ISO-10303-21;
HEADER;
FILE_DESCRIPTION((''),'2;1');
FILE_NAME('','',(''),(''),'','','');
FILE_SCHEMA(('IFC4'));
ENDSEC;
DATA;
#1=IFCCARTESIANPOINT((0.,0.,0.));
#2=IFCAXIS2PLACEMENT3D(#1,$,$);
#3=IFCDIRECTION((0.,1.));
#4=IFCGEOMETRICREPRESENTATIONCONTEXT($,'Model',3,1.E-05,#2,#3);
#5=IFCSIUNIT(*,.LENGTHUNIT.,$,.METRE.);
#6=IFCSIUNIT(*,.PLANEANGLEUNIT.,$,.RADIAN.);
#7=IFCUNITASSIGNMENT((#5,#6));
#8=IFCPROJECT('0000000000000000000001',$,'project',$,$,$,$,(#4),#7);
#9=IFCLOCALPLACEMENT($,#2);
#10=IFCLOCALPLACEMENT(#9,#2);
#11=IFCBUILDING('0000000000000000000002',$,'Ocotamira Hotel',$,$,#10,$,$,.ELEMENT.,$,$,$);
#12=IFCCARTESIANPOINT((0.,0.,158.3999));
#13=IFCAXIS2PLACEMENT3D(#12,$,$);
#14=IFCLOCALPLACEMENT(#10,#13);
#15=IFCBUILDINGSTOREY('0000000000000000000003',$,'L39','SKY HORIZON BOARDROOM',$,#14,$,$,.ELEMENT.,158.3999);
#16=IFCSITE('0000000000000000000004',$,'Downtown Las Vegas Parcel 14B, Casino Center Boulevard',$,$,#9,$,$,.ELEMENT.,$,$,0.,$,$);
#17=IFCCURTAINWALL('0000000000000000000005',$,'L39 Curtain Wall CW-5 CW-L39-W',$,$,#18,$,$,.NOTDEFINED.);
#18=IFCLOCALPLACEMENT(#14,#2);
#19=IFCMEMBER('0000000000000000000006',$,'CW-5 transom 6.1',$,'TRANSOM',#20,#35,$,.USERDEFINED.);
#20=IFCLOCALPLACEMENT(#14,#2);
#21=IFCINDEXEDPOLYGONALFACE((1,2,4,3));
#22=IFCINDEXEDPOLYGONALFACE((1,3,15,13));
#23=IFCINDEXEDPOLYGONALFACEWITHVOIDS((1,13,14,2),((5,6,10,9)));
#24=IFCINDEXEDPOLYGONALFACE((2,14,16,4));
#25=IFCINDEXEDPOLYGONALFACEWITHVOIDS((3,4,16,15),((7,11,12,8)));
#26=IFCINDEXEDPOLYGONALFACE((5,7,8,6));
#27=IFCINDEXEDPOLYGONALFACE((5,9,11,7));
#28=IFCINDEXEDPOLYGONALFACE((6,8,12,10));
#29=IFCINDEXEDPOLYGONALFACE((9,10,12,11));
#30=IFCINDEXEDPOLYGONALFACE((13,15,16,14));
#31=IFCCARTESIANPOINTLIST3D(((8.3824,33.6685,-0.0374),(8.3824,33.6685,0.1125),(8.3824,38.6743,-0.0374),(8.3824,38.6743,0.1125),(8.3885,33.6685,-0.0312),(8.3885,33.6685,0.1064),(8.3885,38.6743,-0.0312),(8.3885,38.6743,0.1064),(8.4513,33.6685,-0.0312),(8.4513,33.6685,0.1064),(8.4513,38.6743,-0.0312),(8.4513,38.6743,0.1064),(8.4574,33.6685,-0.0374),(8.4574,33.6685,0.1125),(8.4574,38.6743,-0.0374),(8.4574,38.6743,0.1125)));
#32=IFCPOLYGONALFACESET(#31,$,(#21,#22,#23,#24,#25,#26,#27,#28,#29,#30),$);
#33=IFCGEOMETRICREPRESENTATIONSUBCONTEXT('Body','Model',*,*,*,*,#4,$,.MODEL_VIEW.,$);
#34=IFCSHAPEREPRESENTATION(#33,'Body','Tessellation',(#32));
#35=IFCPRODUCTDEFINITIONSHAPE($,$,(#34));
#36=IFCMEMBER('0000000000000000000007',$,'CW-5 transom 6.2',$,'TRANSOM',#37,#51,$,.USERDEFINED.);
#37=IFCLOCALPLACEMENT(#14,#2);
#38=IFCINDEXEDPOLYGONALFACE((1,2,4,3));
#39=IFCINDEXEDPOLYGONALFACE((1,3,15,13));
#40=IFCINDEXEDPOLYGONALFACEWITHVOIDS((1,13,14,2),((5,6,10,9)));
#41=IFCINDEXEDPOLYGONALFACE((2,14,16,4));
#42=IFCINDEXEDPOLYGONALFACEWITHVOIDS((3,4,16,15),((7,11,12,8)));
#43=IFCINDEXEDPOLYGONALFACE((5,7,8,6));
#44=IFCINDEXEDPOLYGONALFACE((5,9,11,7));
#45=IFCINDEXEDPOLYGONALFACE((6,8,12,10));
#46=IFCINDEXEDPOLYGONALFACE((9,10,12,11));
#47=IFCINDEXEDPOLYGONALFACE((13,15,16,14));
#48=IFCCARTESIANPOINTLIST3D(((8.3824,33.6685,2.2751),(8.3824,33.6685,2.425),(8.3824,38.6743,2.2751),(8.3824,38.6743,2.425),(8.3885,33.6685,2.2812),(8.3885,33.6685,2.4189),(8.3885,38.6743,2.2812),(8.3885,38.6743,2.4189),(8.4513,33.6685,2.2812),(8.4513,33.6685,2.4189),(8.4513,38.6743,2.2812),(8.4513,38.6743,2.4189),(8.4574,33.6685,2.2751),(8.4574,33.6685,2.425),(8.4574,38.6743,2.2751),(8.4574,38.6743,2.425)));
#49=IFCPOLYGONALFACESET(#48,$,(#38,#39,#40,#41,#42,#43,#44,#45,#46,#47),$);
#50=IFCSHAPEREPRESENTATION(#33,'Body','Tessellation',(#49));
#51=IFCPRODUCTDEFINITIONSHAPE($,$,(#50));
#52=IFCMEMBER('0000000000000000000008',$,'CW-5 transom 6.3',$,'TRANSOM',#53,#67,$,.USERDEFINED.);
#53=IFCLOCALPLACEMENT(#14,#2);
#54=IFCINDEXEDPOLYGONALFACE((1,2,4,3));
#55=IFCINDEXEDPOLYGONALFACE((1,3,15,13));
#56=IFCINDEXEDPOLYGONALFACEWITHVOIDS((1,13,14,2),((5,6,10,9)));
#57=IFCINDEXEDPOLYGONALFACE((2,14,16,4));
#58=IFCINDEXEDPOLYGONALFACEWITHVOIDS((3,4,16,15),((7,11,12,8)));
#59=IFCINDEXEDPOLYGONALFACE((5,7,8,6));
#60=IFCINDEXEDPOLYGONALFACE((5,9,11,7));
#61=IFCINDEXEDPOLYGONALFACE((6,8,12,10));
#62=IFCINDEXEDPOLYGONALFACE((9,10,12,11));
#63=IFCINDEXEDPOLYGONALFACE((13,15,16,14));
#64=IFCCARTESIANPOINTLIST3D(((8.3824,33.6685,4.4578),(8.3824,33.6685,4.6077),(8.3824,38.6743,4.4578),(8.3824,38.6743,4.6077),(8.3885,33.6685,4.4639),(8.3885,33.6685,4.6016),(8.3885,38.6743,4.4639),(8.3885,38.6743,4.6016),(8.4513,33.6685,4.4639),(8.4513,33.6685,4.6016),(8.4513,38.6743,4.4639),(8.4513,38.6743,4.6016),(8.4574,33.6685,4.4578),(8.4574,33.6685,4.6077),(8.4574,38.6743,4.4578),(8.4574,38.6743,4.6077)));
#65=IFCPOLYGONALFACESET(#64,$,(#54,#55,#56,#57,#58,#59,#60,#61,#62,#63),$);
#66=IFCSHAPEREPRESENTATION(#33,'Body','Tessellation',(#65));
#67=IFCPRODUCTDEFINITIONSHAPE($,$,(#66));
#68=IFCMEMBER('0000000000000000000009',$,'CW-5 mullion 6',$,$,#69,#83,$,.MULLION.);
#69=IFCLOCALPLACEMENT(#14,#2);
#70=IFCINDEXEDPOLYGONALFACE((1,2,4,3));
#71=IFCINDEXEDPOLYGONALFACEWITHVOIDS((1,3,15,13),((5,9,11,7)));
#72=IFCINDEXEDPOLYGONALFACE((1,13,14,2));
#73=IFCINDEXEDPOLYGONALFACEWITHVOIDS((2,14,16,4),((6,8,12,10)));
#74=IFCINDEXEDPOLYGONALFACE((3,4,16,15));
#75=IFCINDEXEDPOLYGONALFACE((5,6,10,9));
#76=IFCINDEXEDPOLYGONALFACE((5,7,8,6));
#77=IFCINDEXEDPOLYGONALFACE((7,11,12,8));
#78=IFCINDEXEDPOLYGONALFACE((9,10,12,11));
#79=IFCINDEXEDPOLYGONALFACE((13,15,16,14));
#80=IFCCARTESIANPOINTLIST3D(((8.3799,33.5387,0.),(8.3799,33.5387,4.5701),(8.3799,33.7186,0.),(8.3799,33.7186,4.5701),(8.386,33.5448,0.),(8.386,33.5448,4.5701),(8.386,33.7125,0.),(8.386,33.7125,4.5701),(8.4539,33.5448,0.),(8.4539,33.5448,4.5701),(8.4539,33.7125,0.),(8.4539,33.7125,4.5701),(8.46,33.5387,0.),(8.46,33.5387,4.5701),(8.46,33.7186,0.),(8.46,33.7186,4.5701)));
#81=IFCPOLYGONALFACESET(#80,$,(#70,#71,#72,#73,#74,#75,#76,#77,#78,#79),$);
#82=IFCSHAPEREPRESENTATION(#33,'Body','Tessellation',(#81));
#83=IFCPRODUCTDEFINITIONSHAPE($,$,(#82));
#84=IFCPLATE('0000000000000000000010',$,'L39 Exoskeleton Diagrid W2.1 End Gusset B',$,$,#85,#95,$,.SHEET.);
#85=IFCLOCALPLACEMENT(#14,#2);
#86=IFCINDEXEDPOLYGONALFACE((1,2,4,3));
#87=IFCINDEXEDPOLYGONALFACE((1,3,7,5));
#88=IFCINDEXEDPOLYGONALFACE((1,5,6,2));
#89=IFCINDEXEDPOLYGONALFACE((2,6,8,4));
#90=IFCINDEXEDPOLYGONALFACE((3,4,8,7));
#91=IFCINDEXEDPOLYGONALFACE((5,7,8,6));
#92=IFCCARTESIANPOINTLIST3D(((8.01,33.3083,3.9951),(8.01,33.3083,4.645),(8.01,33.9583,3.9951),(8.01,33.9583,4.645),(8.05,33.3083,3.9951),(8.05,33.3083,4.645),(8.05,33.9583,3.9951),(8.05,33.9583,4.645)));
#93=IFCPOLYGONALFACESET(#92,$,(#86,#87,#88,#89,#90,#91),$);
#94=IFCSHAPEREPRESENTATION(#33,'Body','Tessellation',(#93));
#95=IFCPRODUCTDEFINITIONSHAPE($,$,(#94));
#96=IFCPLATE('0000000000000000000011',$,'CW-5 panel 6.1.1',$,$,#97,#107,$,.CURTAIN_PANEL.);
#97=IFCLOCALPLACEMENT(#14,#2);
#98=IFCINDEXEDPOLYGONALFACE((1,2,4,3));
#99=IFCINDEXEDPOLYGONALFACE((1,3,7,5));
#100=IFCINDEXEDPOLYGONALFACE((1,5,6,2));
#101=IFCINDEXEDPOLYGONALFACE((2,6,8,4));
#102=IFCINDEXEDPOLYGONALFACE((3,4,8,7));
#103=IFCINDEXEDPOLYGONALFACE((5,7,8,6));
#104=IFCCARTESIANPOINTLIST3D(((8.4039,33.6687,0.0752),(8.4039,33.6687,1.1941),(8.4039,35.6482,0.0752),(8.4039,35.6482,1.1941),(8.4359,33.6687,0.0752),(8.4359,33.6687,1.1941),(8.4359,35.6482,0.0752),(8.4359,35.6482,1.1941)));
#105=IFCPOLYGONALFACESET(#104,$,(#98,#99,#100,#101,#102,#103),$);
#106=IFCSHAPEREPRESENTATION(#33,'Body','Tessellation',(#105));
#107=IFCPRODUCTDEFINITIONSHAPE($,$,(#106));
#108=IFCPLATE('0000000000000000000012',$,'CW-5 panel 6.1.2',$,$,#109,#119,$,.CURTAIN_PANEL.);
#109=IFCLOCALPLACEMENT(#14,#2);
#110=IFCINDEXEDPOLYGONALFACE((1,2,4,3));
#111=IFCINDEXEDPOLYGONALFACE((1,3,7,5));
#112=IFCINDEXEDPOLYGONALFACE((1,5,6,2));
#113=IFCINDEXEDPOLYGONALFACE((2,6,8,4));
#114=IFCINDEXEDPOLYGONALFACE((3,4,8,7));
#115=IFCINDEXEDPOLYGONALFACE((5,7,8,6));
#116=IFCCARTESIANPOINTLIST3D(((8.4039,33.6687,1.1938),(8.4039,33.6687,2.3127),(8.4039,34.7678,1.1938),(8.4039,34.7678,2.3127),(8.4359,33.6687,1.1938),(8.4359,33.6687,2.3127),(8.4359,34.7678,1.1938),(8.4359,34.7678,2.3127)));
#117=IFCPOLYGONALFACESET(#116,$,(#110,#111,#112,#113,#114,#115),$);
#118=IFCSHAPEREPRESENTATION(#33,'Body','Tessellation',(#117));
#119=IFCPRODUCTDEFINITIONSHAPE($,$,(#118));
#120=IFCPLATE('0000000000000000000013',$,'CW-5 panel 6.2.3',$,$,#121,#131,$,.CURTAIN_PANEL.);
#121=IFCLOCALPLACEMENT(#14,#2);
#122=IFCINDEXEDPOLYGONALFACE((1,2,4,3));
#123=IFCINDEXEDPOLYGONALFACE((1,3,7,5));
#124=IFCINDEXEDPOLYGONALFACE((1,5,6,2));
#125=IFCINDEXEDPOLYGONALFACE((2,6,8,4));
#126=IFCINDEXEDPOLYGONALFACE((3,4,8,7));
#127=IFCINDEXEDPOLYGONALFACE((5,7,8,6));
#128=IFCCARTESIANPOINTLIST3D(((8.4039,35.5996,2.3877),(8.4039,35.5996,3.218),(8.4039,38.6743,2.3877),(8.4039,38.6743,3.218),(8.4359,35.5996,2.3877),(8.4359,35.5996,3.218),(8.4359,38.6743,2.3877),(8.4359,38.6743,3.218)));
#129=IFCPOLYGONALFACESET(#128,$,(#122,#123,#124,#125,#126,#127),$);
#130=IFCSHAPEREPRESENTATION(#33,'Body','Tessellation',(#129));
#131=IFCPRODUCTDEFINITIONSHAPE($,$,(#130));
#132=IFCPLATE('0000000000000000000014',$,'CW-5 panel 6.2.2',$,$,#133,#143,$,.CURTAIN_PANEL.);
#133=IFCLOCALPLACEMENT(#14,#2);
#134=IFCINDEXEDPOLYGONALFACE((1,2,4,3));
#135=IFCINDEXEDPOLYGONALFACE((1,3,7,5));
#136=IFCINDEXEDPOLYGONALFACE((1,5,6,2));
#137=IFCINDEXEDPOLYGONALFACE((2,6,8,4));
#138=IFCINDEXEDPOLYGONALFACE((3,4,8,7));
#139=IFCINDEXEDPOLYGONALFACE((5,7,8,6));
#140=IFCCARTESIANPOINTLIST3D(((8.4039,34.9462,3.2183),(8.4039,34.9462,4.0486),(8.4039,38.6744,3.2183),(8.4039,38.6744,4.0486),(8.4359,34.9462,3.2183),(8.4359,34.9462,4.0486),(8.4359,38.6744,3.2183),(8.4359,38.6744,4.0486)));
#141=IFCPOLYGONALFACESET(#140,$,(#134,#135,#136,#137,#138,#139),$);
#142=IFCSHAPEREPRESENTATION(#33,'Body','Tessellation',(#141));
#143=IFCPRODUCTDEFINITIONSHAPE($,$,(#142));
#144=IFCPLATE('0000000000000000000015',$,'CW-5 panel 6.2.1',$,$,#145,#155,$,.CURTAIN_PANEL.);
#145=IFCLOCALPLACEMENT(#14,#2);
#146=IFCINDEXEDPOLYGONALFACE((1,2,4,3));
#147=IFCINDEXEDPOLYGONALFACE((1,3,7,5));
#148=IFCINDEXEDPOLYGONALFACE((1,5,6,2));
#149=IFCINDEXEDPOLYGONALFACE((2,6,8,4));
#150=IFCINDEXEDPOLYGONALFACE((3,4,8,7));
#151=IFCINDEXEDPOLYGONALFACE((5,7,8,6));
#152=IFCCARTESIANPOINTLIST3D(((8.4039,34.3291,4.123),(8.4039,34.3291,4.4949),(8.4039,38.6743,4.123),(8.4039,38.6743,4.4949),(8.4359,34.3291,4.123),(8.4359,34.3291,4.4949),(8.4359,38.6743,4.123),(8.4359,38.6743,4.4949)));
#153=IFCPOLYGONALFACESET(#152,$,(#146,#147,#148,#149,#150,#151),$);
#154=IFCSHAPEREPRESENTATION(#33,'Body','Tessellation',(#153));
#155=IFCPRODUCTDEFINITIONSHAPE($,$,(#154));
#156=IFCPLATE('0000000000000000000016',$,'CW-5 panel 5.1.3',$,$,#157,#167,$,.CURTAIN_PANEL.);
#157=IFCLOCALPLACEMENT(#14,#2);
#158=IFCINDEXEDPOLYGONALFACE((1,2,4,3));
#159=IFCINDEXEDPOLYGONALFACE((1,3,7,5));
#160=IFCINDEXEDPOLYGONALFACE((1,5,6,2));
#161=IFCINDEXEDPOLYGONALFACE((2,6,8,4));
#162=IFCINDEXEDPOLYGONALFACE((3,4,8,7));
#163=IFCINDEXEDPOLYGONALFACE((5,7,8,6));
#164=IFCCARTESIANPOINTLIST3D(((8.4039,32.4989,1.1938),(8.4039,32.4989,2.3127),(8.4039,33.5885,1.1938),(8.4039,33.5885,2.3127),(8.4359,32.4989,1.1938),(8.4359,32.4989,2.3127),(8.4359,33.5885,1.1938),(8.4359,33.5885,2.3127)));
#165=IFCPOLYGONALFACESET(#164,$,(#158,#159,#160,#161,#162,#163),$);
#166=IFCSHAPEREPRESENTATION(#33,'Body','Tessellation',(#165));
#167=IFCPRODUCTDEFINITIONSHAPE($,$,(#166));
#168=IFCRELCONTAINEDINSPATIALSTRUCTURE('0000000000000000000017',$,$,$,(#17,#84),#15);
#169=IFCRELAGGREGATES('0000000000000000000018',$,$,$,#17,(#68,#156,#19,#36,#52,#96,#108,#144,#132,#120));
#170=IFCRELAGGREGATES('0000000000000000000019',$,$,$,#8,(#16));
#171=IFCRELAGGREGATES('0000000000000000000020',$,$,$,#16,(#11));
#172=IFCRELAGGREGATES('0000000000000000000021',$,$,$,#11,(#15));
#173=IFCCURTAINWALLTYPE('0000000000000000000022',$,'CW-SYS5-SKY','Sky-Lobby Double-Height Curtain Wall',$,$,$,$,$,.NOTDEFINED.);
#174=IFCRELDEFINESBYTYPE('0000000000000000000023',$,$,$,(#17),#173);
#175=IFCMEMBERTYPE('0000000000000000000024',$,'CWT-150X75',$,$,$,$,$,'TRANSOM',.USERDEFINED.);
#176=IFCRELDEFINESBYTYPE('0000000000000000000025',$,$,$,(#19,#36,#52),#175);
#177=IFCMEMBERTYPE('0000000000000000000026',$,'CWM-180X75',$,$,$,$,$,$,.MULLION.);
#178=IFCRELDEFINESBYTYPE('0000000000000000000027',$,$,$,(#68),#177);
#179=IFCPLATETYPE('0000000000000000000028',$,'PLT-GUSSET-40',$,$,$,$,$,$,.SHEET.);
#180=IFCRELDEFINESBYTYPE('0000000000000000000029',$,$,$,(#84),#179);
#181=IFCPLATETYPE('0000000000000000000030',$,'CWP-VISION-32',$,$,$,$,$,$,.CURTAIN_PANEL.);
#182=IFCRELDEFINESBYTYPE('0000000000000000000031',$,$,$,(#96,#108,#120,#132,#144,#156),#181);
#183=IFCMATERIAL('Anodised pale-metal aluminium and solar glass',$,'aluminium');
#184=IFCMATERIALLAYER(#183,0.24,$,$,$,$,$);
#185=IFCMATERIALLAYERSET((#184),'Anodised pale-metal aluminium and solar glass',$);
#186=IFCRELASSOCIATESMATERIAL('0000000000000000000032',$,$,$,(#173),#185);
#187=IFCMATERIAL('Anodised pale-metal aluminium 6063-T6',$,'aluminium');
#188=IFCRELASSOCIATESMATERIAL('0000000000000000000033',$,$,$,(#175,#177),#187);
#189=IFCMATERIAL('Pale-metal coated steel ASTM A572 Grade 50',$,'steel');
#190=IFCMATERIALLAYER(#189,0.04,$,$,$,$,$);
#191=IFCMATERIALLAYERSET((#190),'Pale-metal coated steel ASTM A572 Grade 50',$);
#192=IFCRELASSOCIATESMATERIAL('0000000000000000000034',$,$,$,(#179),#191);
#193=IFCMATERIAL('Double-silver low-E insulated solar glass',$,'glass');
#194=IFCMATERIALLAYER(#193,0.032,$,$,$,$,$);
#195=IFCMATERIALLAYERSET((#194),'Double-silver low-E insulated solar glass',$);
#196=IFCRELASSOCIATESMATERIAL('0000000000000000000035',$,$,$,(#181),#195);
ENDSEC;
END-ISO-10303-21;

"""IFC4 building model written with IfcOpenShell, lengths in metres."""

from ifc_helpers import new_model, si_unit, direction, frame, origin, origin_2d, place, context, subcontext, project, spatial, rectangle, hollow_rectangle, extrude, source, transform, mapped, material, layer, layer_set, material_profile, profile_set, type_object, element, aggregate, save


model = new_model("IFC4")

# Units and contexts
model_context = context("Model", 3, precision=1e-05, world=origin(), true_north=direction((0.0, 1.0)))
body_context = subcontext(model_context, "Body", "Model", "MODEL_VIEW")
ifc_project = project(units=[si_unit("LENGTHUNIT", "METRE"), si_unit("PLANEANGLEUNIT", "RADIAN")], contexts=[model_context])

# Site, building, storey
site_placement = place(None, origin())
site = spatial("IfcSite", under=ifc_project, at=site_placement, Name="Downtown Las Vegas Parcel 14B, Casino Center Boulevard", CompositionType="ELEMENT", RefElevation=0.0)
building_placement = place(site_placement, origin())
building = spatial("IfcBuilding", under=site, at=building_placement, Name="Ocotamira Hotel", CompositionType="ELEMENT")
storey_placement = place(building_placement, frame((0.0, 0.0, 158.3999)))
storey = spatial("IfcBuildingStorey", under=building, at=storey_placement, Name="L39", Description="SKY HORIZON BOARDROOM", CompositionType="ELEMENT", Elevation=158.3999)

# Curtain wall, members
ifc_material_1 = material(Name="Anodised pale-metal aluminium and solar glass", Category="aluminium")
ifc_layer_1 = layer(ifc_material_1, 0.24)
ifc_layer_set_1 = layer_set([ifc_layer_1], Name="Anodised pale-metal aluminium and solar glass")
curtain_wall_type = type_object("IfcCurtainWallType", Name="CW-SYS5-SKY", Description="Sky-Lobby Double-Height Curtain Wall", PredefinedType="NOTDEFINED", material=ifc_layer_set_1)
curtain_wall_placement = place(storey_placement, origin())
curtain_wall = element("IfcCurtainWall", 1, at=curtain_wall_placement, inside=storey, type_object=curtain_wall_type, Name="L39 Curtain Wall CW-5 CW-L39-W", PredefinedType="NOTDEFINED")
ifc_material_2 = material(Name="Anodised pale-metal aluminium 6063-T6", Category="aluminium")
ifc_material_profile_1 = material_profile(ifc_material_2, hollow_rectangle(XDim=0.075, YDim=0.1499, WallThickness=0.0061, at=origin_2d()), Name="HSS150X75X6")
ifc_profile_set_1 = profile_set([ifc_material_profile_1], Name="Anodised pale-metal aluminium 6063-T6")
member_type_1 = type_object("IfcMemberType", Name="CWT-150X75", ElementType="TRANSOM", PredefinedType="USERDEFINED", material=ifc_profile_set_1)
shared_shape_1 = source(origin(), body_context, "Body", "SweptSolid", [
    extrude(hollow_rectangle(XDim=0.075, YDim=0.1499, WallThickness=0.0061, at=origin_2d()), origin(), (0.0, 0.0, 1.0), 5.0059),
])
member_1_placement = place(storey_placement, frame((8.4199, 33.6685, 0.0376), z_axis=(0.0, 1.0, 0.0), x_axis=(-1.0, 0.0, 0.0)))
member_1 = element("IfcMember", 2, at=member_1_placement, type_object=member_type_1, Name="CW-5 transom 6.1", ObjectType="TRANSOM", PredefinedType="USERDEFINED", context=body_context, shape_type="MappedRepresentation", body=[
    mapped(shared_shape_1, transform((0.0, 0.0, 0.0), scale=1.0)),
])
member_2_placement = place(storey_placement, frame((8.4199, 33.6685, 2.3501), z_axis=(0.0, 1.0, 0.0), x_axis=(-1.0, 0.0, 0.0)))
member_2 = element("IfcMember", 3, at=member_2_placement, type_object=member_type_1, Name="CW-5 transom 6.2", ObjectType="TRANSOM", PredefinedType="USERDEFINED", context=body_context, shape_type="MappedRepresentation", body=[
    mapped(shared_shape_1, transform((0.0, 0.0, 0.0), scale=1.0)),
])
member_3_placement = place(storey_placement, frame((8.4199, 33.6685, 4.5327), z_axis=(0.0, 1.0, 0.0), x_axis=(-1.0, 0.0, 0.0)))
member_3 = element("IfcMember", 4, at=member_3_placement, type_object=member_type_1, Name="CW-5 transom 6.3", ObjectType="TRANSOM", PredefinedType="USERDEFINED", context=body_context, shape_type="MappedRepresentation", body=[
    mapped(shared_shape_1, transform((0.0, 0.0, 0.0), scale=1.0)),
])
ifc_material_profile_2 = material_profile(ifc_material_2, hollow_rectangle(XDim=0.0801, YDim=0.1799, WallThickness=0.0061, at=origin_2d()), Name="HSS180X80X6")
ifc_profile_set_2 = profile_set([ifc_material_profile_2], Name="Anodised pale-metal aluminium 6063-T6")
member_type_2 = type_object("IfcMemberType", Name="CWM-180X75", PredefinedType="MULLION", material=ifc_profile_set_2)
shared_shape_2 = source(origin(), body_context, "Body", "SweptSolid", [
    extrude(hollow_rectangle(XDim=0.0801, YDim=0.1799, WallThickness=0.0061, at=origin_2d()), origin(), (0.0, 0.0, 1.0), 4.5701),
])
member_4_placement = place(storey_placement, frame((8.4199, 33.6287, 0.0), z_axis=(0.0, 0.0, 1.0), x_axis=(-1.0, 0.0, 0.0)))
member_4 = element("IfcMember", 5, at=member_4_placement, type_object=member_type_2, Name="CW-5 mullion 6", PredefinedType="MULLION", context=body_context, shape_type="MappedRepresentation", body=[
    mapped(shared_shape_2, transform((0.0, 0.0, 0.0), scale=1.0)),
])

# Plates
ifc_material_3 = material(Name="Pale-metal coated steel ASTM A572 Grade 50", Category="steel")
ifc_layer_2 = layer(ifc_material_3, 0.04)
ifc_layer_set_2 = layer_set([ifc_layer_2], Name="Pale-metal coated steel ASTM A572 Grade 50")
plate_type_1 = type_object("IfcPlateType", Name="PLT-GUSSET-40", PredefinedType="SHEET", material=ifc_layer_set_2)
shared_shape_3 = source(origin(), body_context, "Body", "SweptSolid", [
    extrude(rectangle(XDim=0.04, YDim=0.6499, at=origin_2d()), origin(), (0.0, 0.0, 1.0), 0.6499),
])
plate_1_placement = place(storey_placement, frame((8.03, 33.6333, 3.9951), z_axis=(0.0, 0.0, 1.0), x_axis=(1.0, 0.0, 0.0)))
element("IfcPlate", 6, at=plate_1_placement, inside=storey, type_object=plate_type_1, Name="L39 Exoskeleton Diagrid W2.1 End Gusset B", PredefinedType="SHEET", context=body_context, shape_type="MappedRepresentation", body=[
    mapped(shared_shape_3, transform((0.0, 0.0, 0.0), scale=1.0)),
])
ifc_material_4 = material(Name="Double-silver low-E insulated solar glass", Category="glass")
ifc_layer_3 = layer(ifc_material_4, 0.032)
ifc_layer_set_3 = layer_set([ifc_layer_3], Name="Double-silver low-E insulated solar glass")
plate_type_2 = type_object("IfcPlateType", Name="CWP-VISION-32", PredefinedType="CURTAIN_PANEL", material=ifc_layer_set_3)
shared_shape_4 = source(origin(), body_context, "Body", "SweptSolid", [
    extrude(rectangle(XDim=1.9795, YDim=0.032, at=origin_2d()), origin(), (0.0, 0.0, 1.0), 1.1189),
])
plate_2_placement = place(storey_placement, frame((8.4199, 34.6584, 0.0752), z_axis=(0.0, 0.0, 1.0), x_axis=(0.0, 1.0, 0.0)))
plate_2 = element("IfcPlate", 7, at=plate_2_placement, type_object=plate_type_2, Name="CW-5 panel 6.1.1", PredefinedType="CURTAIN_PANEL", context=body_context, shape_type="MappedRepresentation", body=[
    mapped(shared_shape_4, transform((0.0, 0.0, 0.0), scale=1.0)),
])
shared_shape_5 = source(origin(), body_context, "Body", "SweptSolid", [
    extrude(rectangle(XDim=1.0991, YDim=0.032, at=origin_2d()), origin(), (0.0, 0.0, 1.0), 1.1189),
])
plate_3_placement = place(storey_placement, frame((8.4199, 34.2183, 1.1938), z_axis=(0.0, 0.0, 1.0), x_axis=(0.0, 1.0, 0.0)))
plate_3 = element("IfcPlate", 8, at=plate_3_placement, type_object=plate_type_2, Name="CW-5 panel 6.1.2", PredefinedType="CURTAIN_PANEL", context=body_context, shape_type="MappedRepresentation", body=[
    mapped(shared_shape_5, transform((0.0, 0.0, 0.0), scale=1.0)),
])
shared_shape_6 = source(origin(), body_context, "Body", "SweptSolid", [
    extrude(rectangle(XDim=3.0747, YDim=0.032, at=origin_2d()), origin(), (0.0, 0.0, 1.0), 0.8303),
])
plate_4_placement = place(storey_placement, frame((8.4199, 37.137, 2.3877), z_axis=(0.0, 0.0, 1.0), x_axis=(0.0, 1.0, 0.0)))
plate_4 = element("IfcPlate", 9, at=plate_4_placement, type_object=plate_type_2, Name="CW-5 panel 6.2.3", PredefinedType="CURTAIN_PANEL", context=body_context, shape_type="MappedRepresentation", body=[
    mapped(shared_shape_6, transform((0.0, 0.0, 0.0), scale=1.0)),
])
shared_shape_7 = source(origin(), body_context, "Body", "SweptSolid", [
    extrude(rectangle(XDim=3.7283, YDim=0.032, at=origin_2d()), origin(), (0.0, 0.0, 1.0), 0.8303),
])
plate_5_placement = place(storey_placement, frame((8.4199, 36.8103, 3.2183), z_axis=(0.0, 0.0, 1.0), x_axis=(0.0, 1.0, 0.0)))
plate_5 = element("IfcPlate", 10, at=plate_5_placement, type_object=plate_type_2, Name="CW-5 panel 6.2.2", PredefinedType="CURTAIN_PANEL", context=body_context, shape_type="MappedRepresentation", body=[
    mapped(shared_shape_7, transform((0.0, 0.0, 0.0), scale=1.0)),
])
shared_shape_8 = source(origin(), body_context, "Body", "SweptSolid", [
    extrude(rectangle(XDim=4.3452, YDim=0.032, at=origin_2d()), origin(), (0.0, 0.0, 1.0), 0.3718),
])
plate_6_placement = place(storey_placement, frame((8.4199, 36.5017, 4.123), z_axis=(0.0, 0.0, 1.0), x_axis=(0.0, 1.0, 0.0)))
plate_6 = element("IfcPlate", 11, at=plate_6_placement, type_object=plate_type_2, Name="CW-5 panel 6.2.1", PredefinedType="CURTAIN_PANEL", context=body_context, shape_type="MappedRepresentation", body=[
    mapped(shared_shape_8, transform((0.0, 0.0, 0.0), scale=1.0)),
])
shared_shape_9 = source(origin(), body_context, "Body", "SweptSolid", [
    extrude(rectangle(XDim=1.0896, YDim=0.032, at=origin_2d()), origin(), (0.0, 0.0, 1.0), 1.1189),
])
plate_7_placement = place(storey_placement, frame((8.4199, 33.0437, 1.1938), z_axis=(0.0, 0.0, 1.0), x_axis=(0.0, 1.0, 0.0)))
plate_7 = element("IfcPlate", 12, at=plate_7_placement, type_object=plate_type_2, Name="CW-5 panel 5.1.3", PredefinedType="CURTAIN_PANEL", context=body_context, shape_type="MappedRepresentation", body=[
    mapped(shared_shape_9, transform((0.0, 0.0, 0.0), scale=1.0)),
])
aggregate(curtain_wall, [member_4, plate_7, member_1, member_2, member_3, plate_2, plate_3, plate_6, plate_5, plate_4])

save(model, "model.ifc")
